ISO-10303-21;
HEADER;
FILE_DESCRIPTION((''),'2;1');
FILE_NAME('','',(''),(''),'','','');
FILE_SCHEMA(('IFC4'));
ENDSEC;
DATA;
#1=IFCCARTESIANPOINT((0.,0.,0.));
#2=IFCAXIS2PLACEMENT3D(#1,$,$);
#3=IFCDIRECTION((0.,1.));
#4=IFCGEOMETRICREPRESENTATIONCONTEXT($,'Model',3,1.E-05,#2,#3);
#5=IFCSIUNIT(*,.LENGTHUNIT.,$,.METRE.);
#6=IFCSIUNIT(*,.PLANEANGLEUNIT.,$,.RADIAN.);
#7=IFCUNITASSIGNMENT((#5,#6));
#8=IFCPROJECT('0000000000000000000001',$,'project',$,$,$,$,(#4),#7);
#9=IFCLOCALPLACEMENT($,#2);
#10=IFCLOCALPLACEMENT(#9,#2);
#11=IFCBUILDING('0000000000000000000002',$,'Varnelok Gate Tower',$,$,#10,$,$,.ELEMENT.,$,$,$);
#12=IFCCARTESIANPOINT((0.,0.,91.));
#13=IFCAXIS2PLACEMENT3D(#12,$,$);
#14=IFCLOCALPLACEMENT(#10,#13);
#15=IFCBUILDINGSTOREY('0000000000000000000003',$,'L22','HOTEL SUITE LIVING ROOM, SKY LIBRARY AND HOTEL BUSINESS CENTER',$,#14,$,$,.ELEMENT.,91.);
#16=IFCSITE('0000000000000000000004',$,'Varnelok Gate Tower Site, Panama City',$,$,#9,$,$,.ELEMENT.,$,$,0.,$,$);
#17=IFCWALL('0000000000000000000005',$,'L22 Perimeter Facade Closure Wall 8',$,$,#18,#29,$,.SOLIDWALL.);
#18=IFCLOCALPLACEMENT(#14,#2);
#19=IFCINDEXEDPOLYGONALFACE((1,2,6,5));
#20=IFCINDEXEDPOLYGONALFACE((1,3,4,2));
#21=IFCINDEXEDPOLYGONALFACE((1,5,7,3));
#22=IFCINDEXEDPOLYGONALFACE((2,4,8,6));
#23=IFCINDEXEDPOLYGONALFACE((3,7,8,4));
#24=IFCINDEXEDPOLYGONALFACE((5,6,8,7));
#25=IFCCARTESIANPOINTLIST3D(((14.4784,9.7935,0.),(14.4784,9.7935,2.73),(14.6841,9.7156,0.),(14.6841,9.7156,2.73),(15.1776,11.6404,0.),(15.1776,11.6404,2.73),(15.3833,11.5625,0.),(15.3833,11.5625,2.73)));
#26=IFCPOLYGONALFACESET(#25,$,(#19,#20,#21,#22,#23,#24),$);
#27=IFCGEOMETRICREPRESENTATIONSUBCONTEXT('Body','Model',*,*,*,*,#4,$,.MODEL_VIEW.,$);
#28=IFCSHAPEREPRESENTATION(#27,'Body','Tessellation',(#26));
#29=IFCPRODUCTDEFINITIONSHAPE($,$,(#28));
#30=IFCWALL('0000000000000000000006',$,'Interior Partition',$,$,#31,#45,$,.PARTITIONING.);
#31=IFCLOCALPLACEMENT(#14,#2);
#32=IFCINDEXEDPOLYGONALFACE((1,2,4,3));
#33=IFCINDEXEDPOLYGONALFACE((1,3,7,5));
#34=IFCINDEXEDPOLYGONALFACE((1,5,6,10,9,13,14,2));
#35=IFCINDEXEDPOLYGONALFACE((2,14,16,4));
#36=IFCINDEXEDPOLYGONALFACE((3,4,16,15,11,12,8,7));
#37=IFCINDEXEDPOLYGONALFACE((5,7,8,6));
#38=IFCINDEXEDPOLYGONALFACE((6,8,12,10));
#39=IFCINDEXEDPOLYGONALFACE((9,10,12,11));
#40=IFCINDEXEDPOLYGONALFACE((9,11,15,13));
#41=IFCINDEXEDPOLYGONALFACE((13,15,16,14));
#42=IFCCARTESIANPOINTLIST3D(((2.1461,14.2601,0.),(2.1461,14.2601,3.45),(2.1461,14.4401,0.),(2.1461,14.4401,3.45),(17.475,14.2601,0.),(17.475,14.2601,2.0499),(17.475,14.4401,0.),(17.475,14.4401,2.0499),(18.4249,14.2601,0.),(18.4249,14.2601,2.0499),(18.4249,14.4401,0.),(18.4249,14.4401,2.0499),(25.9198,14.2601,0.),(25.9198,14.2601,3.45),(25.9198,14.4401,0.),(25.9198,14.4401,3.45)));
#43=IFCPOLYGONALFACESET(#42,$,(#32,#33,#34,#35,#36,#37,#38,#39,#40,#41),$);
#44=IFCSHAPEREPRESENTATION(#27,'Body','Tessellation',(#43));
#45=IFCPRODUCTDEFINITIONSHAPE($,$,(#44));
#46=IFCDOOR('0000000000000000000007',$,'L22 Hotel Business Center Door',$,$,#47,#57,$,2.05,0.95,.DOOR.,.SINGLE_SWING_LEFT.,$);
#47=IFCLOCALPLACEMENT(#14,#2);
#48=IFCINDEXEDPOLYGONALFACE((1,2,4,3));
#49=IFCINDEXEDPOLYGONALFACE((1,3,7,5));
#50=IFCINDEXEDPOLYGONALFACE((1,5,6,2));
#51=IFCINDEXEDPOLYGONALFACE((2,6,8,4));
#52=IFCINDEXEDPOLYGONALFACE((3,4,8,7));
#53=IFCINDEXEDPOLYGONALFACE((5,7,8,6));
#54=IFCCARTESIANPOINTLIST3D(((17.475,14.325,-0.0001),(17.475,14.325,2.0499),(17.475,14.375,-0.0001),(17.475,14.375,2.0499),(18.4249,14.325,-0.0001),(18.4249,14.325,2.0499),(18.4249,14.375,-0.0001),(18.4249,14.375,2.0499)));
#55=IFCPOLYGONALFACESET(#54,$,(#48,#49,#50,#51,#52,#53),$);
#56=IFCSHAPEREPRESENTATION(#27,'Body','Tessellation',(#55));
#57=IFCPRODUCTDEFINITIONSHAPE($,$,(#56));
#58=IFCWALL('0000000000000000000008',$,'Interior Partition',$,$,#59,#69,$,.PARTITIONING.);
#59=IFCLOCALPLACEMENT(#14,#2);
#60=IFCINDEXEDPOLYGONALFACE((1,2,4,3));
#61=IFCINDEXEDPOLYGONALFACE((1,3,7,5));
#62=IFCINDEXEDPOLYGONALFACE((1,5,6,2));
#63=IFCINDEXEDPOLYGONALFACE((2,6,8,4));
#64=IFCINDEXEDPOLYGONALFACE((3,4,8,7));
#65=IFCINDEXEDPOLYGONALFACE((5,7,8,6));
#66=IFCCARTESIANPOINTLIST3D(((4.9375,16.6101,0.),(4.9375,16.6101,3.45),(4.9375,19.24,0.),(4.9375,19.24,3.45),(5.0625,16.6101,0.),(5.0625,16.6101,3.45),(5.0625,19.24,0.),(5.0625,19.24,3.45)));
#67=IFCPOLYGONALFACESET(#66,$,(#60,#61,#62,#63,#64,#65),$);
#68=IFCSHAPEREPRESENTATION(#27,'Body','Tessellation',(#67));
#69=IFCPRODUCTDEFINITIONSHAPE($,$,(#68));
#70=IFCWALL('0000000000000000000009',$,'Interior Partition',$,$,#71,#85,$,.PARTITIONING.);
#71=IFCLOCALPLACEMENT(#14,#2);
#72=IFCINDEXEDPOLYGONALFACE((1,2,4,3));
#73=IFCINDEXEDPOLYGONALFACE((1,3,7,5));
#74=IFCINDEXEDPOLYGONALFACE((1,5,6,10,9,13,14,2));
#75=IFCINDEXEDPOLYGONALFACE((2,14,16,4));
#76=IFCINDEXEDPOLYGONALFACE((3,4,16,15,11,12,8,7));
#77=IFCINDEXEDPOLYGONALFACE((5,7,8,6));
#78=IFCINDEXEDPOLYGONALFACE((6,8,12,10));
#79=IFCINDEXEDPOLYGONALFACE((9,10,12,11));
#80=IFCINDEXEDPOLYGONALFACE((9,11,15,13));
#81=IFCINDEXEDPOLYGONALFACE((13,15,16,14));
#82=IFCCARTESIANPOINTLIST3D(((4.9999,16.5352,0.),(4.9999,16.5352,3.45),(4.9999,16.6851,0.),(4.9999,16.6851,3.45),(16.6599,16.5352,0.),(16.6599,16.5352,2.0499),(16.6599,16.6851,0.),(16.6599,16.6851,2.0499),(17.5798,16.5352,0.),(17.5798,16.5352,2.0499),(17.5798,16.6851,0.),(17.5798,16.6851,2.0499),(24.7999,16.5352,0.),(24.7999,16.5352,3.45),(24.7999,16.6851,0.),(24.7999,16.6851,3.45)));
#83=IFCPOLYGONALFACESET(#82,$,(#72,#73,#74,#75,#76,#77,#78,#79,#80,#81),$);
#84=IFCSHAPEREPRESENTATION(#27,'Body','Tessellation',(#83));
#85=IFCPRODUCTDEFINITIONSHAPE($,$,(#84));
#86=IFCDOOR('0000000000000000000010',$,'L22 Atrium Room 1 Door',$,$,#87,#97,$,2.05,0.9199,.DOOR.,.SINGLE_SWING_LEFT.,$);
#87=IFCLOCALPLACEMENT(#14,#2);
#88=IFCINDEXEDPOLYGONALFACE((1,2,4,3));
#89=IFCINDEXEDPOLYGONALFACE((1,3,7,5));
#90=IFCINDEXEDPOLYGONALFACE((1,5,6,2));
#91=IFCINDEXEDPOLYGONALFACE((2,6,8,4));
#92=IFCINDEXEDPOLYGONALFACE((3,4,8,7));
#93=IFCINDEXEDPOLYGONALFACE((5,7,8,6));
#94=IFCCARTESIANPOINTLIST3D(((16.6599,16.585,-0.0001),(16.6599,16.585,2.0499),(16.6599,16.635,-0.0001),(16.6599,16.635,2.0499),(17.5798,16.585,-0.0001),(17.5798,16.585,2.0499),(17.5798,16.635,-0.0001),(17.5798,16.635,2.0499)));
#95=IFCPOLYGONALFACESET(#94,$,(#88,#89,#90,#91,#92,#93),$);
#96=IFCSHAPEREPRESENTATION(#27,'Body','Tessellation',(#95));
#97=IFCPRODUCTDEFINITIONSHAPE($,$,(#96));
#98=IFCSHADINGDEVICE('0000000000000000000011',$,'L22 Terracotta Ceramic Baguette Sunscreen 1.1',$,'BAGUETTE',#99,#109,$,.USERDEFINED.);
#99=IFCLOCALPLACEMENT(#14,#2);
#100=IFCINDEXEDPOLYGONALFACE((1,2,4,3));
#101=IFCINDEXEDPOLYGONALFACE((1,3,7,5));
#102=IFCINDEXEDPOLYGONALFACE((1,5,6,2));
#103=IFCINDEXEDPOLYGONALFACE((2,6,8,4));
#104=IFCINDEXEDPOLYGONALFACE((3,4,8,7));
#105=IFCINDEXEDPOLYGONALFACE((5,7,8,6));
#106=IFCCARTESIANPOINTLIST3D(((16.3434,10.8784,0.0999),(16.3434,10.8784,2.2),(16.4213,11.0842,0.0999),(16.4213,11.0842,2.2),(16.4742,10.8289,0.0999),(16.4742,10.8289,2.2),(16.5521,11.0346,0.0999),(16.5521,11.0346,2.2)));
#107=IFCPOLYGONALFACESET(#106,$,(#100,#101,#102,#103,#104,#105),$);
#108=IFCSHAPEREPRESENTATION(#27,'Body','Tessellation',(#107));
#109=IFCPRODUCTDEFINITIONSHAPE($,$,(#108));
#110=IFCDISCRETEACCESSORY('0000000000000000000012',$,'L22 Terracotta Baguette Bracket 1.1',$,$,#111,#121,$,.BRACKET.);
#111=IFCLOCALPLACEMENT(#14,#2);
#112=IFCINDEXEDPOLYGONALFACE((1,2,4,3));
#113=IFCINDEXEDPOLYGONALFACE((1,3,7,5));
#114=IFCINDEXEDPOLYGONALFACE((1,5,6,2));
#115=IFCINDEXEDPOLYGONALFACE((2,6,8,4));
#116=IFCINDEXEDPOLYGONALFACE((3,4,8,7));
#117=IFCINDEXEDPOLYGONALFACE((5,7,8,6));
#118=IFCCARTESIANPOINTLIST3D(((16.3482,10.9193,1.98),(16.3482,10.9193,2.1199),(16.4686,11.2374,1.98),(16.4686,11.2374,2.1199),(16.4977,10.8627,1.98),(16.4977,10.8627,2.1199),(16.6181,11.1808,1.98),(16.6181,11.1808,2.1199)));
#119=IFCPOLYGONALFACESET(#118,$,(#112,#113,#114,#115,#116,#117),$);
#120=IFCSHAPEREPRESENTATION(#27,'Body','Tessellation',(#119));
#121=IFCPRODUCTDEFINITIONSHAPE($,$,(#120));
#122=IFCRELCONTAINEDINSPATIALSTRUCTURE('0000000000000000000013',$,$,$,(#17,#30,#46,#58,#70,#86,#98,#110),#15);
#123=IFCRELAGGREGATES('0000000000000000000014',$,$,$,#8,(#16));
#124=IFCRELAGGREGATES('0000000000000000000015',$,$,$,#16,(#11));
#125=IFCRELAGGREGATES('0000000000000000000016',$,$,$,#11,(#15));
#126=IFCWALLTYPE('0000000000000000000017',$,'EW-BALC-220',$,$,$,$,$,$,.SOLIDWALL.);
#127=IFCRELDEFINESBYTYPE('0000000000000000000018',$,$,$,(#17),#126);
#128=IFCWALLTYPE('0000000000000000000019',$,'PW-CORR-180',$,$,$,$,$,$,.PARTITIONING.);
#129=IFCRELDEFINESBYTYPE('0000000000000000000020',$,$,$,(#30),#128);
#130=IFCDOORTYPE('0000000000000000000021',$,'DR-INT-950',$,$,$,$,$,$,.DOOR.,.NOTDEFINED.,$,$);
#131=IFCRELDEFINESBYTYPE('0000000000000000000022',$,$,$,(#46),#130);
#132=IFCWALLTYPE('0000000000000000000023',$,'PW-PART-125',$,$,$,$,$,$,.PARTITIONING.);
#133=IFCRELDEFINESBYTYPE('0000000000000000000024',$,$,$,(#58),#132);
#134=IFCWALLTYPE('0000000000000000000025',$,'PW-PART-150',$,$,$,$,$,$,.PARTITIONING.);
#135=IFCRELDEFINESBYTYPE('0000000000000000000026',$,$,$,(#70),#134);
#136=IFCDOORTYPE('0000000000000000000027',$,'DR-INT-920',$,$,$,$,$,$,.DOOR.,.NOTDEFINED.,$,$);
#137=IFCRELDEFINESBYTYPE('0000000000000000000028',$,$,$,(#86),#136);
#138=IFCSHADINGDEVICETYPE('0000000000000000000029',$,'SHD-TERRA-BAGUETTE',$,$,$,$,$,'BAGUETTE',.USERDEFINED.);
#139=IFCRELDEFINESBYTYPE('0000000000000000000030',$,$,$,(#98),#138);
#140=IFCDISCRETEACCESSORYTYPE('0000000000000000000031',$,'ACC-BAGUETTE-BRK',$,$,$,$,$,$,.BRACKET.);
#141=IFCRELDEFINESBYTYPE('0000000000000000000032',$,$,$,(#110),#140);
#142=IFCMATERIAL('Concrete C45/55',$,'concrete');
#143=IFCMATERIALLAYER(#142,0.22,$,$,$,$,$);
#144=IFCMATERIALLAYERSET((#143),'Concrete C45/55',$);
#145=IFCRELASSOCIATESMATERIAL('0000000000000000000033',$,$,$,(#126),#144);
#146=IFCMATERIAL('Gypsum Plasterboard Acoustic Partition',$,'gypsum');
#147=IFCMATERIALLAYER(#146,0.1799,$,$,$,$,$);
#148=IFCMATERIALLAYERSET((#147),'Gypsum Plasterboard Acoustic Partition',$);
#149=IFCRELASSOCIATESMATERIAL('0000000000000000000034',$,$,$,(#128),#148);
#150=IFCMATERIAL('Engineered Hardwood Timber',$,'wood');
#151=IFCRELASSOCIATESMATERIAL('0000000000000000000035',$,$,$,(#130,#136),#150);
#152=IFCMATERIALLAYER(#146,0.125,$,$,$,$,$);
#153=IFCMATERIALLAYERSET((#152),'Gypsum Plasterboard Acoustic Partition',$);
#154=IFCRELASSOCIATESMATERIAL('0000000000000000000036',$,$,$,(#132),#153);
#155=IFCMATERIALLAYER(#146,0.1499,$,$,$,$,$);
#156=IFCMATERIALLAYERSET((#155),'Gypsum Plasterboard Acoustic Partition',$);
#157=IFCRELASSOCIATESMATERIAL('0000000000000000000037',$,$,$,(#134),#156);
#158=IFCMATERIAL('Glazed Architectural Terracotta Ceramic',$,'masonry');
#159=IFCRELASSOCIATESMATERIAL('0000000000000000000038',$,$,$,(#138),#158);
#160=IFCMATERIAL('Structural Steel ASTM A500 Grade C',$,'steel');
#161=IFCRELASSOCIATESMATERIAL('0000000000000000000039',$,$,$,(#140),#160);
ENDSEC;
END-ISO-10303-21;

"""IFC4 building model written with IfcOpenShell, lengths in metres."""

from ifc_helpers import new_model, si_unit, direction, frame, frame_2d, origin, origin_2d, place, context, subcontext, project, spatial, rectangle, extrude, source, transform, mapped, material, layer, layer_set, type_object, element, fill, save


model = new_model("IFC4")

# Units and contexts
model_context = context("Model", 3, precision=1e-05, world=origin(), true_north=direction((0.0, 1.0)))
body_context = subcontext(model_context, "Body", "Model", "MODEL_VIEW")
ifc_project = project(units=[si_unit("LENGTHUNIT", "METRE"), si_unit("PLANEANGLEUNIT", "RADIAN")], contexts=[model_context])

# Site, building, storey
site_placement = place(None, origin())
site = spatial("IfcSite", under=ifc_project, at=site_placement, Name="Varnelok Gate Tower Site, Panama City", CompositionType="ELEMENT", RefElevation=0.0)
building_placement = place(site_placement, origin())
building = spatial("IfcBuilding", under=site, at=building_placement, Name="Varnelok Gate Tower", CompositionType="ELEMENT")
storey_placement = place(building_placement, frame((0.0, 0.0, 91.0)))
storey = spatial("IfcBuildingStorey", under=building, at=storey_placement, Name="L22", Description="HOTEL SUITE LIVING ROOM, SKY LIBRARY AND HOTEL BUSINESS CENTER", CompositionType="ELEMENT", Elevation=91.0)

# Shared definitions
ifc_material_1 = material(Name="Concrete C45/55", Category="concrete")

# Shared definitions
ifc_layer_1 = layer(ifc_material_1, 0.22)
ifc_layer_set_1 = layer_set([ifc_layer_1], Name="Concrete C45/55")
wall_type_1 = type_object("IfcWallType", Name="EW-BALC-220", PredefinedType="SOLIDWALL", material=ifc_layer_set_1)

# Wall
wall_1_placement = place(storey_placement, frame((14.5813, 9.7546, 0.0), z_axis=(0.0, 0.0, 1.0), x_axis=(0.354062, 0.935222, 0.0)))
element("IfcWall", 1, at=wall_1_placement, inside=storey, type_object=wall_type_1, Name="L22 Perimeter Facade Closure Wall 8", PredefinedType="SOLIDWALL", context=body_context, shape_type="SweptSolid", body=[
    extrude(rectangle(XDim=1.9749, YDim=0.22, at=frame_2d((0.9873, 0.0))), origin(), (0.0, 0.0, 1.0), 2.73),
])

# Wall, opening, door
ifc_material_2 = material(Name="Gypsum Plasterboard Acoustic Partition", Category="gypsum")
ifc_layer_2 = layer(ifc_material_2, 0.1799)
ifc_layer_set_2 = layer_set([ifc_layer_2], Name="Gypsum Plasterboard Acoustic Partition")
wall_type_2 = type_object("IfcWallType", Name="PW-CORR-180", PredefinedType="PARTITIONING", material=ifc_layer_set_2)
wall_2_placement = place(storey_placement, frame((2.1462, 14.3501, 0.0), z_axis=(0.0, 0.0, 1.0), x_axis=(1.0, 0.0, 0.0)))
wall_2 = element("IfcWall", 2, at=wall_2_placement, inside=storey, type_object=wall_type_2, Name="Interior Partition", PredefinedType="PARTITIONING", context=body_context, shape_type="SweptSolid", body=[
    extrude(rectangle(XDim=23.7737, YDim=0.1799, at=frame_2d((11.8867, 0.0))), origin(), (0.0, 0.0, 1.0), 3.45),
])
opening_1_placement = place(wall_2_placement, frame((15.3286, 0.0, 0.0)))
opening_1 = element("IfcOpeningElement", 3, at=opening_1_placement, cuts=wall_2, PredefinedType="OPENING", context=body_context, shape_type="SweptSolid", body=[
    extrude(rectangle(XDim=0.95, YDim=2.05, at=frame_2d((0.4751, 1.0249))), frame((0.0, 0.0999, 0.0), z_axis=(0.0, -1.0, 0.0), x_axis=(1.0, 0.0, 0.0)), (0.0, 0.0, 1.0), 0.2),
])
ifc_material_3 = material(Name="Engineered Hardwood Timber", Category="wood")
door_type_1 = type_object("IfcDoorType", Name="DR-INT-950", OperationType="NOTDEFINED", PredefinedType="DOOR", material=ifc_material_3)
door_1_placement = place(opening_1_placement, origin())
door_1 = element("IfcDoor", 4, at=door_1_placement, inside=storey, type_object=door_type_1, Name="L22 Hotel Business Center Door", OperationType="SINGLE_SWING_LEFT", OverallHeight=2.05, OverallWidth=0.95, PredefinedType="DOOR", context=body_context, shape_type="SweptSolid", body=[
    extrude(rectangle(XDim=0.95, YDim=2.05, at=frame_2d((0.4751, 1.0249))), frame((0.0, 0.0249, 0.0), z_axis=(0.0, -1.0, 0.0), x_axis=(1.0, 0.0, 0.0)), (0.0, 0.0, 1.0), 0.05),
])
fill(opening_1, door_1)

# Wall
ifc_layer_3 = layer(ifc_material_2, 0.125)
ifc_layer_set_3 = layer_set([ifc_layer_3], Name="Gypsum Plasterboard Acoustic Partition")
wall_type_3 = type_object("IfcWallType", Name="PW-PART-125", PredefinedType="PARTITIONING", material=ifc_layer_set_3)
wall_3_placement = place(storey_placement, frame((5.0, 16.6101, 0.0), z_axis=(0.0, 0.0, 1.0), x_axis=(0.0, 1.0, 0.0)))
element("IfcWall", 5, at=wall_3_placement, inside=storey, type_object=wall_type_3, Name="Interior Partition", PredefinedType="PARTITIONING", context=body_context, shape_type="SweptSolid", body=[
    extrude(rectangle(XDim=2.6299, YDim=0.125, at=frame_2d((1.3149, 0.0))), origin(), (0.0, 0.0, 1.0), 3.45),
])

# Wall, opening, door
ifc_layer_4 = layer(ifc_material_2, 0.1499)
ifc_layer_set_4 = layer_set([ifc_layer_4], Name="Gypsum Plasterboard Acoustic Partition")
wall_type_4 = type_object("IfcWallType", Name="PW-PART-150", PredefinedType="PARTITIONING", material=ifc_layer_set_4)
wall_4_placement = place(storey_placement, frame((5.0, 16.6101, 0.0), z_axis=(0.0, 0.0, 1.0), x_axis=(1.0, 0.0, 0.0)))
wall_4 = element("IfcWall", 6, at=wall_4_placement, inside=storey, type_object=wall_type_4, Name="Interior Partition", PredefinedType="PARTITIONING", context=body_context, shape_type="SweptSolid", body=[
    extrude(rectangle(XDim=19.8, YDim=0.1499, at=frame_2d((9.8999, 0.0))), origin(), (0.0, 0.0, 1.0), 3.45),
])
opening_2_placement = place(wall_4_placement, frame((11.6599, 0.0, 0.0)))
opening_2 = element("IfcOpeningElement", 7, at=opening_2_placement, cuts=wall_4, PredefinedType="OPENING", context=body_context, shape_type="SweptSolid", body=[
    extrude(rectangle(XDim=0.9199, YDim=2.05, at=frame_2d((0.46, 1.0249))), frame((0.0, 0.085, 0.0), z_axis=(0.0, -1.0, 0.0), x_axis=(1.0, 0.0, 0.0)), (0.0, 0.0, 1.0), 0.1699),
])
door_type_2 = type_object("IfcDoorType", Name="DR-INT-920", OperationType="NOTDEFINED", PredefinedType="DOOR", material=ifc_material_3)
door_2_placement = place(opening_2_placement, origin())
door_2 = element("IfcDoor", 8, at=door_2_placement, inside=storey, type_object=door_type_2, Name="L22 Atrium Room 1 Door", OperationType="SINGLE_SWING_LEFT", OverallHeight=2.05, OverallWidth=0.9199, PredefinedType="DOOR", context=body_context, shape_type="SweptSolid", body=[
    extrude(rectangle(XDim=0.9199, YDim=2.05, at=frame_2d((0.46, 1.0249))), frame((0.0, 0.0249, 0.0), z_axis=(0.0, -1.0, 0.0), x_axis=(1.0, 0.0, 0.0)), (0.0, 0.0, 1.0), 0.05),
])
fill(opening_2, door_2)

# Shading device
ifc_material_4 = material(Name="Glazed Architectural Terracotta Ceramic", Category="masonry")
shading_device_type = type_object("IfcShadingDeviceType", Name="SHD-TERRA-BAGUETTE", ElementType="BAGUETTE", PredefinedType="USERDEFINED", material=ifc_material_4)
shared_shape_1 = source(origin(), body_context, "Body", "SweptSolid", [
    extrude(rectangle(XDim=0.1399, YDim=0.22, at=origin_2d()), origin(), (0.0, 0.0, 1.0), 2.1001),
])
shading_device_placement = place(storey_placement, frame((16.4478, 10.9565, 0.0999), z_axis=(0.0, 0.0, 1.0), x_axis=(0.935222, -0.354063, 0.0)))
element("IfcShadingDevice", 9, at=shading_device_placement, inside=storey, type_object=shading_device_type, Name="L22 Terracotta Ceramic Baguette Sunscreen 1.1", ObjectType="BAGUETTE", PredefinedType="USERDEFINED", context=body_context, shape_type="MappedRepresentation", body=[
    mapped(shared_shape_1, transform((0.0, 0.0, 0.0), scale=1.0)),
])

# Discrete accessory
ifc_material_5 = material(Name="Structural Steel ASTM A500 Grade C", Category="steel")
discrete_accessory_type = type_object("IfcDiscreteAccessoryType", Name="ACC-BAGUETTE-BRK", PredefinedType="BRACKET", material=ifc_material_5)
shared_shape_2 = source(origin(), body_context, "Body", "SweptSolid", [
    extrude(rectangle(XDim=0.1599, YDim=0.3401, at=origin_2d()), origin(), (0.0, 0.0, 1.0), 0.1399),
])
discrete_accessory_placement = place(storey_placement, frame((16.4832, 11.05, 1.98), z_axis=(0.0, 0.0, 1.0), x_axis=(0.935222, -0.354063, 0.0)))
element("IfcDiscreteAccessory", 10, at=discrete_accessory_placement, inside=storey, type_object=discrete_accessory_type, Name="L22 Terracotta Baguette Bracket 1.1", PredefinedType="BRACKET", context=body_context, shape_type="MappedRepresentation", body=[
    mapped(shared_shape_2, transform((0.0, 0.0, 0.0), scale=1.0)),
])

save(model, "model.ifc")
